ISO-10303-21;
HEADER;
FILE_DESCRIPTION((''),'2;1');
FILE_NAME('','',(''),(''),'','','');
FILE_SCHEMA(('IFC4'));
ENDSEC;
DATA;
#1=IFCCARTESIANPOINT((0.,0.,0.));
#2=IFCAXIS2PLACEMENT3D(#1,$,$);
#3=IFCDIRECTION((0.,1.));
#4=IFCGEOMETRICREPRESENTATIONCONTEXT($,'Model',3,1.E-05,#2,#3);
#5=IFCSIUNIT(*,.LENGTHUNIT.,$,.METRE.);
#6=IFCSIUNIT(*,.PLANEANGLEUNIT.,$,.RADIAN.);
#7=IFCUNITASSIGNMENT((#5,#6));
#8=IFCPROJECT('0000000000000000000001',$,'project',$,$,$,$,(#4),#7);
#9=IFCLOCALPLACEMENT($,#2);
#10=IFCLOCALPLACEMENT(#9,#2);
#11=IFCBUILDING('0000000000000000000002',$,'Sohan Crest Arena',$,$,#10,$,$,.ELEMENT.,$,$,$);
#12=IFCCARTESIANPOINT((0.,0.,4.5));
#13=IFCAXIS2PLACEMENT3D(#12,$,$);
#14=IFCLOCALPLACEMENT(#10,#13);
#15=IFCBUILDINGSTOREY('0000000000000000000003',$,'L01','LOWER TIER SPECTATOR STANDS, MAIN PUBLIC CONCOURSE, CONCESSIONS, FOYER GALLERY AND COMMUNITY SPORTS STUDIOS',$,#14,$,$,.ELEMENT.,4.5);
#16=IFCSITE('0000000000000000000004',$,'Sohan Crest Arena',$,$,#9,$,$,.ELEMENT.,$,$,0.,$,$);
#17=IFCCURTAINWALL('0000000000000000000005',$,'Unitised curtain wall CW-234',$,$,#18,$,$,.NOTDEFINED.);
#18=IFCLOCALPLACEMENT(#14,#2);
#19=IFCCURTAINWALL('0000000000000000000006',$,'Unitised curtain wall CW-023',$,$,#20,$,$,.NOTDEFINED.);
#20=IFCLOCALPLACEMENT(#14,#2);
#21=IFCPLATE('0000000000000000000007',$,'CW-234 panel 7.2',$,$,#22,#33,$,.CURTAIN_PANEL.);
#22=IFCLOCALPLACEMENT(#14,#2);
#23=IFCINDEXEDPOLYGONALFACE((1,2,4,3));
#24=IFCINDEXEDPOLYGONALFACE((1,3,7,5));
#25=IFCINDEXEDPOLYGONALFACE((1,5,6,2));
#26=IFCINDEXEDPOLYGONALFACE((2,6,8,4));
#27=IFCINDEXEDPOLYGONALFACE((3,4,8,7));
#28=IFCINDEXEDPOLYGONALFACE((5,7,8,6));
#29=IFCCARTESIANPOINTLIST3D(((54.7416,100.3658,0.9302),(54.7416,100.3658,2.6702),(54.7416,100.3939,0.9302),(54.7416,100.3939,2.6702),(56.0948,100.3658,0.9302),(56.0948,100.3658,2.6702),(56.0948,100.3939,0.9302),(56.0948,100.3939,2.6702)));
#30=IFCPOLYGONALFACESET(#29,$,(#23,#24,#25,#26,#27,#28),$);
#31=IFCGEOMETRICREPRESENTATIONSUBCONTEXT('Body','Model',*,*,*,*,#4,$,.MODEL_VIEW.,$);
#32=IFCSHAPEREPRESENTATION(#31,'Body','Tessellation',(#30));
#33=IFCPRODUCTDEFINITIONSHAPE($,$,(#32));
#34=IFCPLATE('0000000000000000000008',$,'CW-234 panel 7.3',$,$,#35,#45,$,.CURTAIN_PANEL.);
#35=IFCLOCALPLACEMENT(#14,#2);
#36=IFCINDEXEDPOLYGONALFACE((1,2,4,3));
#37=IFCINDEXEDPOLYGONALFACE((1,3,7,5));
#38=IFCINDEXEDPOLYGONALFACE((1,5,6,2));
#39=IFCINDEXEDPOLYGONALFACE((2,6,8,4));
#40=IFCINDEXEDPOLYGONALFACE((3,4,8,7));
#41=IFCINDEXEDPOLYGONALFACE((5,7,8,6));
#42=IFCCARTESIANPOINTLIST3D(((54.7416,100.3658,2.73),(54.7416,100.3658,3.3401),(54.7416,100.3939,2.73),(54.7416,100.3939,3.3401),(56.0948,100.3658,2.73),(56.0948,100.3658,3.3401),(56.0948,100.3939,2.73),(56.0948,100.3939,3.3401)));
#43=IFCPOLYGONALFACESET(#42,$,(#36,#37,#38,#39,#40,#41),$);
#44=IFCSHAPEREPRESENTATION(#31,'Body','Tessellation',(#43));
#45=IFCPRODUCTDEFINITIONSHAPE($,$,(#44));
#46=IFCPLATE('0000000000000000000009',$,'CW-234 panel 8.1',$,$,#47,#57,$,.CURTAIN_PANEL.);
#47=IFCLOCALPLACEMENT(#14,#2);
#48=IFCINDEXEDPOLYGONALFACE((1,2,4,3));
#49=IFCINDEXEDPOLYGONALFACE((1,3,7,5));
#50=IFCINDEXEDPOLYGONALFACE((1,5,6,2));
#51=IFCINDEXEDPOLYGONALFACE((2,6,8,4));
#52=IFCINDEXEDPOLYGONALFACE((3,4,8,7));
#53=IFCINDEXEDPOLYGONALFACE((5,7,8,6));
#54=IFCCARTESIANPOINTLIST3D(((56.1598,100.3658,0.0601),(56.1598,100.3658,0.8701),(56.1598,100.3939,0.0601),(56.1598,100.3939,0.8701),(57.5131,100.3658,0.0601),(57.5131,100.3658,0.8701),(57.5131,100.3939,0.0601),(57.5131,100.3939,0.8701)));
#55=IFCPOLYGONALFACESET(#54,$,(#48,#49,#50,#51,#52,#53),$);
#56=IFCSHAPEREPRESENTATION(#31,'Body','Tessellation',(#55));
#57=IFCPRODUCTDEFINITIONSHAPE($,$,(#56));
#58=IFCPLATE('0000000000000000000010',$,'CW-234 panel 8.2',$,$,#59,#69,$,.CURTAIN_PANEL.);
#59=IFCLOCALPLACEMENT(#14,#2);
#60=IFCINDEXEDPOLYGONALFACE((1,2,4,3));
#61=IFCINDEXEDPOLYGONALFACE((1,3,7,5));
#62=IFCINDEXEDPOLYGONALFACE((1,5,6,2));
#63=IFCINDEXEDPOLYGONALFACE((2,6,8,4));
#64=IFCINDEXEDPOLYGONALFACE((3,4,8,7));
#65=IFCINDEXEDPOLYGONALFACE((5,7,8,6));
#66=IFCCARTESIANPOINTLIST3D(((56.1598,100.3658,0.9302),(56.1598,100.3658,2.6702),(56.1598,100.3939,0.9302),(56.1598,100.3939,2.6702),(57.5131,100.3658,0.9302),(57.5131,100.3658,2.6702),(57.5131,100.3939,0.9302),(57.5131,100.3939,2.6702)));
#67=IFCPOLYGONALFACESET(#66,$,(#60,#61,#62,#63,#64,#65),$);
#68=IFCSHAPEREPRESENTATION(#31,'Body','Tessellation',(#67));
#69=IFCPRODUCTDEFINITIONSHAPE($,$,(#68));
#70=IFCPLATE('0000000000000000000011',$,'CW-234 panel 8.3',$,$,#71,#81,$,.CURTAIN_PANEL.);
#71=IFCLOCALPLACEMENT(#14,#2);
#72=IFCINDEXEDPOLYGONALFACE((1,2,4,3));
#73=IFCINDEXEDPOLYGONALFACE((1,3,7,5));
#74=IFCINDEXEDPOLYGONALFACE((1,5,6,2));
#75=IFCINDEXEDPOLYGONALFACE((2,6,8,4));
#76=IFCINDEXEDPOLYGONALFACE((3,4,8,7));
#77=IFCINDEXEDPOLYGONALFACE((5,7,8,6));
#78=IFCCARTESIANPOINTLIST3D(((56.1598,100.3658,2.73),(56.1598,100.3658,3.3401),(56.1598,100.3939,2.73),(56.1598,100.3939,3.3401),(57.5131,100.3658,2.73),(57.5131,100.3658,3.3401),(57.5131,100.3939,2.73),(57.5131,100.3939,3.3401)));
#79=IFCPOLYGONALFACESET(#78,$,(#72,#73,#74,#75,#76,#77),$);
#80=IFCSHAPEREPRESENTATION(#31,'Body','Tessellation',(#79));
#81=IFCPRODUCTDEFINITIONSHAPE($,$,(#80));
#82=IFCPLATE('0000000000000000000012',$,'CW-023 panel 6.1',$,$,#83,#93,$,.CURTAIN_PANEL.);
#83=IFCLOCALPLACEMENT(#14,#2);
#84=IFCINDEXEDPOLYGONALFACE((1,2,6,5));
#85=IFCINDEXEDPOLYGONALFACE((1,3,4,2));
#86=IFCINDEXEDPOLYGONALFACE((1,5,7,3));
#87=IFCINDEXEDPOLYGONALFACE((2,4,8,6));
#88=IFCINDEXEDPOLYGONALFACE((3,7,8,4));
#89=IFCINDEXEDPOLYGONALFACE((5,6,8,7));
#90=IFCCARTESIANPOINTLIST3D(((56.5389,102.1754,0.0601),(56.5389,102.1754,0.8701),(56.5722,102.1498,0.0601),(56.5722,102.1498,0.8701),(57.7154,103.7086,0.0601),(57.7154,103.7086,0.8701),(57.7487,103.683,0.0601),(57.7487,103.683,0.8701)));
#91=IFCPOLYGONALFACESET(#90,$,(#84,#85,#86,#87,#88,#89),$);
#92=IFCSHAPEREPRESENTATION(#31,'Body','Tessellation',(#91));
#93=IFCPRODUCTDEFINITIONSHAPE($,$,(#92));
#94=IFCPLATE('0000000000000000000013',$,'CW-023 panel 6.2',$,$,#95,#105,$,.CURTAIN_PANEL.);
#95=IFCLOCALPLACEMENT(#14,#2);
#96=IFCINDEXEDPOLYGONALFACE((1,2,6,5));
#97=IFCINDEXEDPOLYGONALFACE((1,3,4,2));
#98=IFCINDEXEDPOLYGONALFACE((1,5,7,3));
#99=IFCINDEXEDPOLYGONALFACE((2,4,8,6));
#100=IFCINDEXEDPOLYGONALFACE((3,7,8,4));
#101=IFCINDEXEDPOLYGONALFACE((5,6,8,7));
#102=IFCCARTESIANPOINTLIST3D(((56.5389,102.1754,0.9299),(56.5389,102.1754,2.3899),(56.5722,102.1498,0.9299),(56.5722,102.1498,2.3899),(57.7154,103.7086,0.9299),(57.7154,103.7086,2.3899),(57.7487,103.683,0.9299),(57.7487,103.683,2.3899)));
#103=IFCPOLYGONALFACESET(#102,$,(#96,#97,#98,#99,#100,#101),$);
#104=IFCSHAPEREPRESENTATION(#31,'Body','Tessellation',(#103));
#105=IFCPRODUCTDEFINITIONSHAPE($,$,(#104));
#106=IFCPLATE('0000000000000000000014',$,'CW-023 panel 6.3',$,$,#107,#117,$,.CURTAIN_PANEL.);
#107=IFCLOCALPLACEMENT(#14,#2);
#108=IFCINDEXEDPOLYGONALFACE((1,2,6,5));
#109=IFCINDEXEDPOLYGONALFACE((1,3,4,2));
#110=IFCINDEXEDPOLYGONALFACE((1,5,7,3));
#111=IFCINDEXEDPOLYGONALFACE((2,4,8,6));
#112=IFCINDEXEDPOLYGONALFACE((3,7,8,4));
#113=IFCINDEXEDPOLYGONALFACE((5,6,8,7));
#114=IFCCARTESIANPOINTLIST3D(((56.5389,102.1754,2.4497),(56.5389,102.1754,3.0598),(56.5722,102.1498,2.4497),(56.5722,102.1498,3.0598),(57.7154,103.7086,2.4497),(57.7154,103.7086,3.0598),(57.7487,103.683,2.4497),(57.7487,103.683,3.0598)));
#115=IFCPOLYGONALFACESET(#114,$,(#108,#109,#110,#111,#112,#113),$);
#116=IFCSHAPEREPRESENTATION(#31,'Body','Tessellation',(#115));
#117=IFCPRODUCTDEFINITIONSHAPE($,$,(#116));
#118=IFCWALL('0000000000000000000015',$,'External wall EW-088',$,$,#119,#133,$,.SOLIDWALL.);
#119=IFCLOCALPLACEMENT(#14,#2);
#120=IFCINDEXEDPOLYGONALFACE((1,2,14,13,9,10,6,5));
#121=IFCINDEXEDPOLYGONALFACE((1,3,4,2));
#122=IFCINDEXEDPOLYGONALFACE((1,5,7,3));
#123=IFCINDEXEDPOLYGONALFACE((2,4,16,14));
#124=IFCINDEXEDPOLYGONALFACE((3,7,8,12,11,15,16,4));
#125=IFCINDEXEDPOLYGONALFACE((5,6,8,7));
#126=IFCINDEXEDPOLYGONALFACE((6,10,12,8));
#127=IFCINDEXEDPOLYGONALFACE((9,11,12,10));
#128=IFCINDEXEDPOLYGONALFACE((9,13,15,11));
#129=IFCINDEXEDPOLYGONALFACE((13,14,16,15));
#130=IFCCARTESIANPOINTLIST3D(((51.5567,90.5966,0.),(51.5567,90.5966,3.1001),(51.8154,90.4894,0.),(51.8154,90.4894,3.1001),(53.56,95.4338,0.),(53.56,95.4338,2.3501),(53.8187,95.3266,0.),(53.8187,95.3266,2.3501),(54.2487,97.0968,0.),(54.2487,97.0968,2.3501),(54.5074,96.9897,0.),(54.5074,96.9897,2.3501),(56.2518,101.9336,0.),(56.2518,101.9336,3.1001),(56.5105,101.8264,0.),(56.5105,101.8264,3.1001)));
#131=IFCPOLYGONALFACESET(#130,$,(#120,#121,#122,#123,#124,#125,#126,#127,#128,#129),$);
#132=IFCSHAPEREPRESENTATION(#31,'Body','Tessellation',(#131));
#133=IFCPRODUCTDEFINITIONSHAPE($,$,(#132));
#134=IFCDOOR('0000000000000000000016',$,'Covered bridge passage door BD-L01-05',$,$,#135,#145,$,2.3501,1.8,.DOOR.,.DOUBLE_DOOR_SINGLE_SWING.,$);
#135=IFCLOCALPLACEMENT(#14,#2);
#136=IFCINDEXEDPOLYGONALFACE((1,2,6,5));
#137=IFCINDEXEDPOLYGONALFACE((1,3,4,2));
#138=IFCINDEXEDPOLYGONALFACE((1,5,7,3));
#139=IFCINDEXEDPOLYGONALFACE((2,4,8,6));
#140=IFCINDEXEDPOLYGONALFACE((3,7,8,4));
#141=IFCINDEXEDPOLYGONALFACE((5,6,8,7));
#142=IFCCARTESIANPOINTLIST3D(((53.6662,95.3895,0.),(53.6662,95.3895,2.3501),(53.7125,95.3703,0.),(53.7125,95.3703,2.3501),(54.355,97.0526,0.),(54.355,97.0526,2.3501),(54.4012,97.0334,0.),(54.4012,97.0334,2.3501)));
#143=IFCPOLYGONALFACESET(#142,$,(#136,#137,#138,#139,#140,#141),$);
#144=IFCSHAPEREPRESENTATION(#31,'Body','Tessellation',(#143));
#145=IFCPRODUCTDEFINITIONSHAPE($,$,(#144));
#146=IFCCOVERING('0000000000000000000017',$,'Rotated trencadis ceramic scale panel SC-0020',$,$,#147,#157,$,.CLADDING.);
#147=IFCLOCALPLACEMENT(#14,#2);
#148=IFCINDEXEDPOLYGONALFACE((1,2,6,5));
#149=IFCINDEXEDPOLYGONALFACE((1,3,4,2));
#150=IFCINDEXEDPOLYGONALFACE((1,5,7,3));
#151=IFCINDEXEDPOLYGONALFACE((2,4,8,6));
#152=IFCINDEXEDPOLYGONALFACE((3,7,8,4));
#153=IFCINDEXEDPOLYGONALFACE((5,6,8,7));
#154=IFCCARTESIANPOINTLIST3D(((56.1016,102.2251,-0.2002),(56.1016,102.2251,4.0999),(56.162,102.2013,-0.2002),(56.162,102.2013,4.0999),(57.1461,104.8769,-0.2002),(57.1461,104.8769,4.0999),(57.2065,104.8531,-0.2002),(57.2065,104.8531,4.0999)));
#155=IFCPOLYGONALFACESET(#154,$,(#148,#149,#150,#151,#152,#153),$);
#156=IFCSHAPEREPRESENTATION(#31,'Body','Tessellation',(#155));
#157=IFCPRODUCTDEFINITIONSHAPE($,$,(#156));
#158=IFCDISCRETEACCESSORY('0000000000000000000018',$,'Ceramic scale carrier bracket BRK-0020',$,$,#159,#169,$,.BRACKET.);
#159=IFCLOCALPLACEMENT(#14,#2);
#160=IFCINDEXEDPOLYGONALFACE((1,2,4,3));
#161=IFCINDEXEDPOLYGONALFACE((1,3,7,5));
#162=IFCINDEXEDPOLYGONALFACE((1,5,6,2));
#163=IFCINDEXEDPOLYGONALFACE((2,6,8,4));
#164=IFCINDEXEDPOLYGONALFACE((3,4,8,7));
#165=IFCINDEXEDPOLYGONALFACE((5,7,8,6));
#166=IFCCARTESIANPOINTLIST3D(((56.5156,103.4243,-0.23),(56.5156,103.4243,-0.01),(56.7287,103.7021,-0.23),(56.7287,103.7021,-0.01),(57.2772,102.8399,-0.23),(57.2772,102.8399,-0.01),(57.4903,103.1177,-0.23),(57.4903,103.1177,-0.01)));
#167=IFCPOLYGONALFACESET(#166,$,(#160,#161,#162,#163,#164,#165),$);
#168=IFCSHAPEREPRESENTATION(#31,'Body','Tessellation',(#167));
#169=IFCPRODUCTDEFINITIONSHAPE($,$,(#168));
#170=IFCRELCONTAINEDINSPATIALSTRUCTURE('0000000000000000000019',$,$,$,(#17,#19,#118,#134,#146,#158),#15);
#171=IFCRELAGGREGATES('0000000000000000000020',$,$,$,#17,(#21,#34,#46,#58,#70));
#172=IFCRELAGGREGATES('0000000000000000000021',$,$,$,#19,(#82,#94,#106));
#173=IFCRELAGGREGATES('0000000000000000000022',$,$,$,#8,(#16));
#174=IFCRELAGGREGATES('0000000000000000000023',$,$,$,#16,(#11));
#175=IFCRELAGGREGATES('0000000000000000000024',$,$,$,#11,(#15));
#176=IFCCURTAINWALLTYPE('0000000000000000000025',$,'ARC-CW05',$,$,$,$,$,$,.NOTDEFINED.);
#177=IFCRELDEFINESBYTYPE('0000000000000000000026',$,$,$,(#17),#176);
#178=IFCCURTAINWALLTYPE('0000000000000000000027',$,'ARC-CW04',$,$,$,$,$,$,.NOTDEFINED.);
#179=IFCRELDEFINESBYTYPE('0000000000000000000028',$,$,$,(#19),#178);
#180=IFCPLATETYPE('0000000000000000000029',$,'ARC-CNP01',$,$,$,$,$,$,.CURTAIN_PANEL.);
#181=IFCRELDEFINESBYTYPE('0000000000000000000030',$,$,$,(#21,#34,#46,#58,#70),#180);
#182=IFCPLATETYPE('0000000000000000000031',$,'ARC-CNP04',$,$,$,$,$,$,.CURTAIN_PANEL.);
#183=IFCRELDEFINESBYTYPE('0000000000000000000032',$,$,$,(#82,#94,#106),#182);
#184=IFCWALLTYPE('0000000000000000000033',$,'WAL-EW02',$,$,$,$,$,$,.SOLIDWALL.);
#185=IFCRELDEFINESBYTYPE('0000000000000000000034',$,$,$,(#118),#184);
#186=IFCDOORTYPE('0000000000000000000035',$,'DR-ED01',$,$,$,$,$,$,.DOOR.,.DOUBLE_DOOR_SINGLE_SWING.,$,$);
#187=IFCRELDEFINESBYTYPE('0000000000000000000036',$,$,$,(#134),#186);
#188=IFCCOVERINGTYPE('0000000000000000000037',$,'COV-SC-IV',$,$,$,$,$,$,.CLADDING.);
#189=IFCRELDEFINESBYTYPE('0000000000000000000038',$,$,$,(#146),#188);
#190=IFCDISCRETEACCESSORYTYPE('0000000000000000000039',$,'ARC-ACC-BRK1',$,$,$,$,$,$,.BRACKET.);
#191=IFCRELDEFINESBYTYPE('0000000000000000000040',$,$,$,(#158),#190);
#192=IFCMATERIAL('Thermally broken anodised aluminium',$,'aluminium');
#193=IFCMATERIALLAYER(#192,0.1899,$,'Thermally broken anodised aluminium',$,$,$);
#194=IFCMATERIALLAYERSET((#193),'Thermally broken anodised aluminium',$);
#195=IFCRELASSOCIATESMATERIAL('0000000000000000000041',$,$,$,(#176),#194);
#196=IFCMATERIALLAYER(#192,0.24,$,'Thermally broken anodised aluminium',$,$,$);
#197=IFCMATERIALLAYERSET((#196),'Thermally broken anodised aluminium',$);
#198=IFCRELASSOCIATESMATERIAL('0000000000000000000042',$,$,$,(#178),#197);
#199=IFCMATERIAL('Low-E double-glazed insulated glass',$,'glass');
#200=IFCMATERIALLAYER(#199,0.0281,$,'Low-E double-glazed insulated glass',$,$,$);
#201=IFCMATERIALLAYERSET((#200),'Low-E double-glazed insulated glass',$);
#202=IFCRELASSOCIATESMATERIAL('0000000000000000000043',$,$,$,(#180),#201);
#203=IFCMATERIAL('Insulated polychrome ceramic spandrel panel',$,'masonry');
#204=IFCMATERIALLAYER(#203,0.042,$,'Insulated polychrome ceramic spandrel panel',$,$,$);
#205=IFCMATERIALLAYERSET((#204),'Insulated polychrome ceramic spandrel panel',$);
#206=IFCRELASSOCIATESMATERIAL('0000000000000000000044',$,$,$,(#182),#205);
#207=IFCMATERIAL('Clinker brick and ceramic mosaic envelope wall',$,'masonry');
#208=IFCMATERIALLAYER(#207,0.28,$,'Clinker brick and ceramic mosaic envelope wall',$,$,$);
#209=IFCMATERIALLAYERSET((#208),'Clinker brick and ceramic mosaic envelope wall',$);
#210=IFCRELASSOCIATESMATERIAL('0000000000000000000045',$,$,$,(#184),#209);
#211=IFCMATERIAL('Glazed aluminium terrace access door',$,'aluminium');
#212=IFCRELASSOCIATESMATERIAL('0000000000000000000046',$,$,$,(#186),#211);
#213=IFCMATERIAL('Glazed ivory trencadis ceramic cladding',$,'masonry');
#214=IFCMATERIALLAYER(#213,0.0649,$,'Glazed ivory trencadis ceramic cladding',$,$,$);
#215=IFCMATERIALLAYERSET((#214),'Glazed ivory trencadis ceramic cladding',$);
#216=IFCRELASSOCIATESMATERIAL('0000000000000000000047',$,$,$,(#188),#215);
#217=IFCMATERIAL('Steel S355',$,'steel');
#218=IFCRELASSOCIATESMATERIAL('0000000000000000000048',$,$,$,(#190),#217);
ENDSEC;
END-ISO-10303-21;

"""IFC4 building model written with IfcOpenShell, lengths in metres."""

from ifc_helpers import new_model, si_unit, direction, frame, frame_2d, origin, origin_2d, place, context, subcontext, project, spatial, rectangle, extrude, material, layer, layer_set, type_object, element, fill, aggregate, save


model = new_model("IFC4")

# Units and contexts
model_context = context("Model", 3, precision=1e-05, world=origin(), true_north=direction((0.0, 1.0)))
body_context = subcontext(model_context, "Body", "Model", "MODEL_VIEW")
ifc_project = project(units=[si_unit("LENGTHUNIT", "METRE"), si_unit("PLANEANGLEUNIT", "RADIAN")], contexts=[model_context])

# Site, building, storey
site_placement = place(None, origin())
site = spatial("IfcSite", under=ifc_project, at=site_placement, Name="Sohan Crest Arena", CompositionType="ELEMENT", RefElevation=0.0)
building_placement = place(site_placement, origin())
building = spatial("IfcBuilding", under=site, at=building_placement, Name="Sohan Crest Arena", CompositionType="ELEMENT")
storey_placement = place(building_placement, frame((0.0, 0.0, 4.5)))
storey = spatial("IfcBuildingStorey", under=building, at=storey_placement, Name="L01", Description="LOWER TIER SPECTATOR STANDS, MAIN PUBLIC CONCOURSE, CONCESSIONS, FOYER GALLERY AND COMMUNITY SPORTS STUDIOS", CompositionType="ELEMENT", Elevation=4.5)

# Shared definitions
ifc_material_1 = material(Name="Steel S355", Category="steel")

# Curtain wall
ifc_material_2 = material(Name="Thermally broken anodised aluminium", Category="aluminium")
ifc_layer_1 = layer(ifc_material_2, 0.1899, Name="Thermally broken anodised aluminium")
ifc_layer_set_1 = layer_set([ifc_layer_1], Name="Thermally broken anodised aluminium")
curtain_wall_type_1 = type_object("IfcCurtainWallType", Name="ARC-CW05", PredefinedType="NOTDEFINED", material=ifc_layer_set_1)
curtain_wall_1_placement = place(storey_placement, origin())
curtain_wall_1 = element("IfcCurtainWall", 1, at=curtain_wall_1_placement, inside=storey, type_object=curtain_wall_type_1, Name="Unitised curtain wall CW-234", PredefinedType="NOTDEFINED")

# Curtain wall
ifc_layer_2 = layer(ifc_material_2, 0.24, Name="Thermally broken anodised aluminium")
ifc_layer_set_2 = layer_set([ifc_layer_2], Name="Thermally broken anodised aluminium")
curtain_wall_type_2 = type_object("IfcCurtainWallType", Name="ARC-CW04", PredefinedType="NOTDEFINED", material=ifc_layer_set_2)
curtain_wall_2_placement = place(storey_placement, origin())
curtain_wall_2 = element("IfcCurtainWall", 2, at=curtain_wall_2_placement, inside=storey, type_object=curtain_wall_type_2, Name="Unitised curtain wall CW-023", PredefinedType="NOTDEFINED")

# Plates
ifc_material_3 = material(Name="Low-E double-glazed insulated glass", Category="glass")
ifc_layer_3 = layer(ifc_material_3, 0.0281, Name="Low-E double-glazed insulated glass")
ifc_layer_set_3 = layer_set([ifc_layer_3], Name="Low-E double-glazed insulated glass")
plate_type_1 = type_object("IfcPlateType", Name="ARC-CNP01", PredefinedType="CURTAIN_PANEL", material=ifc_layer_set_3)
plate_1_placement = place(storey_placement, frame((55.4182, 100.3799, 0.9302), z_axis=(0.0, 0.0, 1.0), x_axis=(1.0, 0.0, 0.0)))
plate_1 = element("IfcPlate", 3, at=plate_1_placement, type_object=plate_type_1, Name="CW-234 panel 7.2", PredefinedType="CURTAIN_PANEL", context=body_context, shape_type="SweptSolid", body=[
    extrude(rectangle(XDim=1.3533, YDim=0.0281, at=origin_2d()), origin(), (0.0, 0.0, 1.0), 1.74),
])
plate_2_placement = place(storey_placement, frame((55.4182, 100.3799, 2.73), z_axis=(0.0, 0.0, 1.0), x_axis=(1.0, 0.0, 0.0)))
plate_2 = element("IfcPlate", 4, at=plate_2_placement, type_object=plate_type_1, Name="CW-234 panel 7.3", PredefinedType="CURTAIN_PANEL", context=body_context, shape_type="SweptSolid", body=[
    extrude(rectangle(XDim=1.3533, YDim=0.0281, at=origin_2d()), origin(), (0.0, 0.0, 1.0), 0.6101),
])
plate_3_placement = place(storey_placement, frame((56.8364, 100.3799, 0.0601), z_axis=(0.0, 0.0, 1.0), x_axis=(1.0, 0.0, 0.0)))
plate_3 = element("IfcPlate", 5, at=plate_3_placement, type_object=plate_type_1, Name="CW-234 panel 8.1", PredefinedType="CURTAIN_PANEL", context=body_context, shape_type="SweptSolid", body=[
    extrude(rectangle(XDim=1.3533, YDim=0.0281, at=origin_2d()), origin(), (0.0, 0.0, 1.0), 0.8101),
])
plate_4_placement = place(storey_placement, frame((56.8364, 100.3799, 0.9302), z_axis=(0.0, 0.0, 1.0), x_axis=(1.0, 0.0, 0.0)))
plate_4 = element("IfcPlate", 6, at=plate_4_placement, type_object=plate_type_1, Name="CW-234 panel 8.2", PredefinedType="CURTAIN_PANEL", context=body_context, shape_type="SweptSolid", body=[
    extrude(rectangle(XDim=1.3533, YDim=0.0281, at=origin_2d()), origin(), (0.0, 0.0, 1.0), 1.74),
])
plate_5_placement = place(storey_placement, frame((56.8364, 100.3799, 2.73), z_axis=(0.0, 0.0, 1.0), x_axis=(1.0, 0.0, 0.0)))
plate_5 = element("IfcPlate", 7, at=plate_5_placement, type_object=plate_type_1, Name="CW-234 panel 8.3", PredefinedType="CURTAIN_PANEL", context=body_context, shape_type="SweptSolid", body=[
    extrude(rectangle(XDim=1.3533, YDim=0.0281, at=origin_2d()), origin(), (0.0, 0.0, 1.0), 0.6101),
])
aggregate(curtain_wall_1, [plate_1, plate_2, plate_3, plate_4, plate_5])
ifc_material_4 = material(Name="Insulated polychrome ceramic spandrel panel", Category="masonry")
ifc_layer_4 = layer(ifc_material_4, 0.042, Name="Insulated polychrome ceramic spandrel panel")
ifc_layer_set_4 = layer_set([ifc_layer_4], Name="Insulated polychrome ceramic spandrel panel")
plate_type_2 = type_object("IfcPlateType", Name="ARC-CNP04", PredefinedType="CURTAIN_PANEL", material=ifc_layer_set_4)
plate_6_placement = place(storey_placement, frame((57.1438, 102.9292, 0.0601), z_axis=(0.0, 0.0, 1.0), x_axis=(-0.608765, -0.793351, 0.0)))
plate_6 = element("IfcPlate", 8, at=plate_6_placement, type_object=plate_type_2, Name="CW-023 panel 6.1", PredefinedType="CURTAIN_PANEL", context=body_context, shape_type="SweptSolid", body=[
    extrude(rectangle(XDim=1.9326, YDim=0.042, at=origin_2d()), origin(), (0.0, 0.0, 1.0), 0.8101),
])
plate_7_placement = place(storey_placement, frame((57.1438, 102.9292, 0.9299), z_axis=(0.0, 0.0, 1.0), x_axis=(-0.608765, -0.793351, 0.0)))
plate_7 = element("IfcPlate", 9, at=plate_7_placement, type_object=plate_type_2, Name="CW-023 panel 6.2", PredefinedType="CURTAIN_PANEL", context=body_context, shape_type="SweptSolid", body=[
    extrude(rectangle(XDim=1.9326, YDim=0.042, at=origin_2d()), origin(), (0.0, 0.0, 1.0), 1.46),
])
plate_8_placement = place(storey_placement, frame((57.1438, 102.9292, 2.4497), z_axis=(0.0, 0.0, 1.0), x_axis=(-0.608765, -0.793351, 0.0)))
plate_8 = element("IfcPlate", 10, at=plate_8_placement, type_object=plate_type_2, Name="CW-023 panel 6.3", PredefinedType="CURTAIN_PANEL", context=body_context, shape_type="SweptSolid", body=[
    extrude(rectangle(XDim=1.9326, YDim=0.042, at=origin_2d()), origin(), (0.0, 0.0, 1.0), 0.6101),
])
aggregate(curtain_wall_2, [plate_6, plate_7, plate_8])

# Wall, opening, door
ifc_material_5 = material(Name="Clinker brick and ceramic mosaic envelope wall", Category="masonry")
ifc_layer_5 = layer(ifc_material_5, 0.28, Name="Clinker brick and ceramic mosaic envelope wall")
ifc_layer_set_5 = layer_set([ifc_layer_5], Name="Clinker brick and ceramic mosaic envelope wall")
wall_type = type_object("IfcWallType", Name="WAL-EW02", PredefinedType="SOLIDWALL", material=ifc_layer_set_5)
wall_placement = place(storey_placement, frame((56.3811, 101.8799, 0.0), z_axis=(0.0, 0.0, 1.0), x_axis=(-0.382625, -0.923904, 0.0)))
wall = element("IfcWall", 11, at=wall_placement, inside=storey, type_object=wall_type, Name="External wall EW-088", PredefinedType="SOLIDWALL", context=body_context, shape_type="SweptSolid", body=[
    extrude(rectangle(XDim=12.2708, YDim=0.28, at=frame_2d((6.1353, 0.0))), origin(), (0.0, 0.0, 1.0), 3.1001),
])
opening_placement = place(wall_placement, frame((5.2351, 0.0, 0.0)))
opening = element("IfcOpeningElement", 12, at=opening_placement, cuts=wall, PredefinedType="OPENING", context=body_context, shape_type="SweptSolid", body=[
    extrude(rectangle(XDim=1.8, YDim=2.3501, at=frame_2d((0.8999, 1.175))), frame((0.0, 0.1499, 0.0), z_axis=(0.0, -1.0, 0.0), x_axis=(1.0, 0.0, 0.0)), (0.0, 0.0, 1.0), 0.3),
])
ifc_material_6 = material(Name="Glazed aluminium terrace access door", Category="aluminium")
door_type = type_object("IfcDoorType", Name="DR-ED01", OperationType="DOUBLE_DOOR_SINGLE_SWING", PredefinedType="DOOR", material=ifc_material_6)
door_placement = place(opening_placement, frame((1.8, 0.0, 0.0), z_axis=(0.0, 0.0, 1.0), x_axis=(-1.0, 0.0, 0.0)))
door = element("IfcDoor", 13, at=door_placement, inside=storey, type_object=door_type, Name="Covered bridge passage door BD-L01-05", OperationType="DOUBLE_DOOR_SINGLE_SWING", OverallHeight=2.3501, OverallWidth=1.8, PredefinedType="DOOR", context=body_context, shape_type="SweptSolid", body=[
    extrude(rectangle(XDim=1.8, YDim=2.3501, at=frame_2d((0.8999, 1.175))), frame((0.0, 0.0249, 0.0), z_axis=(0.0, -1.0, 0.0), x_axis=(1.0, 0.0, 0.0)), (0.0, 0.0, 1.0), 0.05),
])
fill(opening, door)

# Covering
ifc_material_7 = material(Name="Glazed ivory trencadis ceramic cladding", Category="masonry")
ifc_layer_6 = layer(ifc_material_7, 0.0649, Name="Glazed ivory trencadis ceramic cladding")
ifc_layer_set_6 = layer_set([ifc_layer_6], Name="Glazed ivory trencadis ceramic cladding")
covering_type = type_object("IfcCoveringType", Name="COV-SC-IV", PredefinedType="CLADDING", material=ifc_layer_set_6)
covering_placement = place(storey_placement, frame((56.6541, 103.5391, -0.2002), z_axis=(0.0, 0.0, 1.0), x_axis=(-0.366501, -0.930418, 0.0)))
element("IfcCovering", 14, at=covering_placement, inside=storey, type_object=covering_type, Name="Rotated trencadis ceramic scale panel SC-0020", PredefinedType="CLADDING", context=body_context, shape_type="SweptSolid", body=[
    extrude(rectangle(XDim=2.8501, YDim=0.0649, at=origin_2d()), origin(), (0.0, 0.0, 1.0), 4.3),
])

# Discrete accessory
discrete_accessory_type = type_object("IfcDiscreteAccessoryType", Name="ARC-ACC-BRK1", PredefinedType="BRACKET", material=ifc_material_1)
discrete_accessory_placement = place(storey_placement, frame((57.0029, 103.271, -0.23), z_axis=(0.0, 0.0, 1.0), x_axis=(-0.608761, -0.793353, 0.0)))
element("IfcDiscreteAccessory", 15, at=discrete_accessory_placement, inside=storey, type_object=discrete_accessory_type, Name="Ceramic scale carrier bracket BRK-0020", PredefinedType="BRACKET", context=body_context, shape_type="SweptSolid", body=[
    extrude(rectangle(XDim=0.3501, YDim=0.96, at=origin_2d()), origin(), (0.0, 0.0, 1.0), 0.22),
])

save(model, "model.ifc")
